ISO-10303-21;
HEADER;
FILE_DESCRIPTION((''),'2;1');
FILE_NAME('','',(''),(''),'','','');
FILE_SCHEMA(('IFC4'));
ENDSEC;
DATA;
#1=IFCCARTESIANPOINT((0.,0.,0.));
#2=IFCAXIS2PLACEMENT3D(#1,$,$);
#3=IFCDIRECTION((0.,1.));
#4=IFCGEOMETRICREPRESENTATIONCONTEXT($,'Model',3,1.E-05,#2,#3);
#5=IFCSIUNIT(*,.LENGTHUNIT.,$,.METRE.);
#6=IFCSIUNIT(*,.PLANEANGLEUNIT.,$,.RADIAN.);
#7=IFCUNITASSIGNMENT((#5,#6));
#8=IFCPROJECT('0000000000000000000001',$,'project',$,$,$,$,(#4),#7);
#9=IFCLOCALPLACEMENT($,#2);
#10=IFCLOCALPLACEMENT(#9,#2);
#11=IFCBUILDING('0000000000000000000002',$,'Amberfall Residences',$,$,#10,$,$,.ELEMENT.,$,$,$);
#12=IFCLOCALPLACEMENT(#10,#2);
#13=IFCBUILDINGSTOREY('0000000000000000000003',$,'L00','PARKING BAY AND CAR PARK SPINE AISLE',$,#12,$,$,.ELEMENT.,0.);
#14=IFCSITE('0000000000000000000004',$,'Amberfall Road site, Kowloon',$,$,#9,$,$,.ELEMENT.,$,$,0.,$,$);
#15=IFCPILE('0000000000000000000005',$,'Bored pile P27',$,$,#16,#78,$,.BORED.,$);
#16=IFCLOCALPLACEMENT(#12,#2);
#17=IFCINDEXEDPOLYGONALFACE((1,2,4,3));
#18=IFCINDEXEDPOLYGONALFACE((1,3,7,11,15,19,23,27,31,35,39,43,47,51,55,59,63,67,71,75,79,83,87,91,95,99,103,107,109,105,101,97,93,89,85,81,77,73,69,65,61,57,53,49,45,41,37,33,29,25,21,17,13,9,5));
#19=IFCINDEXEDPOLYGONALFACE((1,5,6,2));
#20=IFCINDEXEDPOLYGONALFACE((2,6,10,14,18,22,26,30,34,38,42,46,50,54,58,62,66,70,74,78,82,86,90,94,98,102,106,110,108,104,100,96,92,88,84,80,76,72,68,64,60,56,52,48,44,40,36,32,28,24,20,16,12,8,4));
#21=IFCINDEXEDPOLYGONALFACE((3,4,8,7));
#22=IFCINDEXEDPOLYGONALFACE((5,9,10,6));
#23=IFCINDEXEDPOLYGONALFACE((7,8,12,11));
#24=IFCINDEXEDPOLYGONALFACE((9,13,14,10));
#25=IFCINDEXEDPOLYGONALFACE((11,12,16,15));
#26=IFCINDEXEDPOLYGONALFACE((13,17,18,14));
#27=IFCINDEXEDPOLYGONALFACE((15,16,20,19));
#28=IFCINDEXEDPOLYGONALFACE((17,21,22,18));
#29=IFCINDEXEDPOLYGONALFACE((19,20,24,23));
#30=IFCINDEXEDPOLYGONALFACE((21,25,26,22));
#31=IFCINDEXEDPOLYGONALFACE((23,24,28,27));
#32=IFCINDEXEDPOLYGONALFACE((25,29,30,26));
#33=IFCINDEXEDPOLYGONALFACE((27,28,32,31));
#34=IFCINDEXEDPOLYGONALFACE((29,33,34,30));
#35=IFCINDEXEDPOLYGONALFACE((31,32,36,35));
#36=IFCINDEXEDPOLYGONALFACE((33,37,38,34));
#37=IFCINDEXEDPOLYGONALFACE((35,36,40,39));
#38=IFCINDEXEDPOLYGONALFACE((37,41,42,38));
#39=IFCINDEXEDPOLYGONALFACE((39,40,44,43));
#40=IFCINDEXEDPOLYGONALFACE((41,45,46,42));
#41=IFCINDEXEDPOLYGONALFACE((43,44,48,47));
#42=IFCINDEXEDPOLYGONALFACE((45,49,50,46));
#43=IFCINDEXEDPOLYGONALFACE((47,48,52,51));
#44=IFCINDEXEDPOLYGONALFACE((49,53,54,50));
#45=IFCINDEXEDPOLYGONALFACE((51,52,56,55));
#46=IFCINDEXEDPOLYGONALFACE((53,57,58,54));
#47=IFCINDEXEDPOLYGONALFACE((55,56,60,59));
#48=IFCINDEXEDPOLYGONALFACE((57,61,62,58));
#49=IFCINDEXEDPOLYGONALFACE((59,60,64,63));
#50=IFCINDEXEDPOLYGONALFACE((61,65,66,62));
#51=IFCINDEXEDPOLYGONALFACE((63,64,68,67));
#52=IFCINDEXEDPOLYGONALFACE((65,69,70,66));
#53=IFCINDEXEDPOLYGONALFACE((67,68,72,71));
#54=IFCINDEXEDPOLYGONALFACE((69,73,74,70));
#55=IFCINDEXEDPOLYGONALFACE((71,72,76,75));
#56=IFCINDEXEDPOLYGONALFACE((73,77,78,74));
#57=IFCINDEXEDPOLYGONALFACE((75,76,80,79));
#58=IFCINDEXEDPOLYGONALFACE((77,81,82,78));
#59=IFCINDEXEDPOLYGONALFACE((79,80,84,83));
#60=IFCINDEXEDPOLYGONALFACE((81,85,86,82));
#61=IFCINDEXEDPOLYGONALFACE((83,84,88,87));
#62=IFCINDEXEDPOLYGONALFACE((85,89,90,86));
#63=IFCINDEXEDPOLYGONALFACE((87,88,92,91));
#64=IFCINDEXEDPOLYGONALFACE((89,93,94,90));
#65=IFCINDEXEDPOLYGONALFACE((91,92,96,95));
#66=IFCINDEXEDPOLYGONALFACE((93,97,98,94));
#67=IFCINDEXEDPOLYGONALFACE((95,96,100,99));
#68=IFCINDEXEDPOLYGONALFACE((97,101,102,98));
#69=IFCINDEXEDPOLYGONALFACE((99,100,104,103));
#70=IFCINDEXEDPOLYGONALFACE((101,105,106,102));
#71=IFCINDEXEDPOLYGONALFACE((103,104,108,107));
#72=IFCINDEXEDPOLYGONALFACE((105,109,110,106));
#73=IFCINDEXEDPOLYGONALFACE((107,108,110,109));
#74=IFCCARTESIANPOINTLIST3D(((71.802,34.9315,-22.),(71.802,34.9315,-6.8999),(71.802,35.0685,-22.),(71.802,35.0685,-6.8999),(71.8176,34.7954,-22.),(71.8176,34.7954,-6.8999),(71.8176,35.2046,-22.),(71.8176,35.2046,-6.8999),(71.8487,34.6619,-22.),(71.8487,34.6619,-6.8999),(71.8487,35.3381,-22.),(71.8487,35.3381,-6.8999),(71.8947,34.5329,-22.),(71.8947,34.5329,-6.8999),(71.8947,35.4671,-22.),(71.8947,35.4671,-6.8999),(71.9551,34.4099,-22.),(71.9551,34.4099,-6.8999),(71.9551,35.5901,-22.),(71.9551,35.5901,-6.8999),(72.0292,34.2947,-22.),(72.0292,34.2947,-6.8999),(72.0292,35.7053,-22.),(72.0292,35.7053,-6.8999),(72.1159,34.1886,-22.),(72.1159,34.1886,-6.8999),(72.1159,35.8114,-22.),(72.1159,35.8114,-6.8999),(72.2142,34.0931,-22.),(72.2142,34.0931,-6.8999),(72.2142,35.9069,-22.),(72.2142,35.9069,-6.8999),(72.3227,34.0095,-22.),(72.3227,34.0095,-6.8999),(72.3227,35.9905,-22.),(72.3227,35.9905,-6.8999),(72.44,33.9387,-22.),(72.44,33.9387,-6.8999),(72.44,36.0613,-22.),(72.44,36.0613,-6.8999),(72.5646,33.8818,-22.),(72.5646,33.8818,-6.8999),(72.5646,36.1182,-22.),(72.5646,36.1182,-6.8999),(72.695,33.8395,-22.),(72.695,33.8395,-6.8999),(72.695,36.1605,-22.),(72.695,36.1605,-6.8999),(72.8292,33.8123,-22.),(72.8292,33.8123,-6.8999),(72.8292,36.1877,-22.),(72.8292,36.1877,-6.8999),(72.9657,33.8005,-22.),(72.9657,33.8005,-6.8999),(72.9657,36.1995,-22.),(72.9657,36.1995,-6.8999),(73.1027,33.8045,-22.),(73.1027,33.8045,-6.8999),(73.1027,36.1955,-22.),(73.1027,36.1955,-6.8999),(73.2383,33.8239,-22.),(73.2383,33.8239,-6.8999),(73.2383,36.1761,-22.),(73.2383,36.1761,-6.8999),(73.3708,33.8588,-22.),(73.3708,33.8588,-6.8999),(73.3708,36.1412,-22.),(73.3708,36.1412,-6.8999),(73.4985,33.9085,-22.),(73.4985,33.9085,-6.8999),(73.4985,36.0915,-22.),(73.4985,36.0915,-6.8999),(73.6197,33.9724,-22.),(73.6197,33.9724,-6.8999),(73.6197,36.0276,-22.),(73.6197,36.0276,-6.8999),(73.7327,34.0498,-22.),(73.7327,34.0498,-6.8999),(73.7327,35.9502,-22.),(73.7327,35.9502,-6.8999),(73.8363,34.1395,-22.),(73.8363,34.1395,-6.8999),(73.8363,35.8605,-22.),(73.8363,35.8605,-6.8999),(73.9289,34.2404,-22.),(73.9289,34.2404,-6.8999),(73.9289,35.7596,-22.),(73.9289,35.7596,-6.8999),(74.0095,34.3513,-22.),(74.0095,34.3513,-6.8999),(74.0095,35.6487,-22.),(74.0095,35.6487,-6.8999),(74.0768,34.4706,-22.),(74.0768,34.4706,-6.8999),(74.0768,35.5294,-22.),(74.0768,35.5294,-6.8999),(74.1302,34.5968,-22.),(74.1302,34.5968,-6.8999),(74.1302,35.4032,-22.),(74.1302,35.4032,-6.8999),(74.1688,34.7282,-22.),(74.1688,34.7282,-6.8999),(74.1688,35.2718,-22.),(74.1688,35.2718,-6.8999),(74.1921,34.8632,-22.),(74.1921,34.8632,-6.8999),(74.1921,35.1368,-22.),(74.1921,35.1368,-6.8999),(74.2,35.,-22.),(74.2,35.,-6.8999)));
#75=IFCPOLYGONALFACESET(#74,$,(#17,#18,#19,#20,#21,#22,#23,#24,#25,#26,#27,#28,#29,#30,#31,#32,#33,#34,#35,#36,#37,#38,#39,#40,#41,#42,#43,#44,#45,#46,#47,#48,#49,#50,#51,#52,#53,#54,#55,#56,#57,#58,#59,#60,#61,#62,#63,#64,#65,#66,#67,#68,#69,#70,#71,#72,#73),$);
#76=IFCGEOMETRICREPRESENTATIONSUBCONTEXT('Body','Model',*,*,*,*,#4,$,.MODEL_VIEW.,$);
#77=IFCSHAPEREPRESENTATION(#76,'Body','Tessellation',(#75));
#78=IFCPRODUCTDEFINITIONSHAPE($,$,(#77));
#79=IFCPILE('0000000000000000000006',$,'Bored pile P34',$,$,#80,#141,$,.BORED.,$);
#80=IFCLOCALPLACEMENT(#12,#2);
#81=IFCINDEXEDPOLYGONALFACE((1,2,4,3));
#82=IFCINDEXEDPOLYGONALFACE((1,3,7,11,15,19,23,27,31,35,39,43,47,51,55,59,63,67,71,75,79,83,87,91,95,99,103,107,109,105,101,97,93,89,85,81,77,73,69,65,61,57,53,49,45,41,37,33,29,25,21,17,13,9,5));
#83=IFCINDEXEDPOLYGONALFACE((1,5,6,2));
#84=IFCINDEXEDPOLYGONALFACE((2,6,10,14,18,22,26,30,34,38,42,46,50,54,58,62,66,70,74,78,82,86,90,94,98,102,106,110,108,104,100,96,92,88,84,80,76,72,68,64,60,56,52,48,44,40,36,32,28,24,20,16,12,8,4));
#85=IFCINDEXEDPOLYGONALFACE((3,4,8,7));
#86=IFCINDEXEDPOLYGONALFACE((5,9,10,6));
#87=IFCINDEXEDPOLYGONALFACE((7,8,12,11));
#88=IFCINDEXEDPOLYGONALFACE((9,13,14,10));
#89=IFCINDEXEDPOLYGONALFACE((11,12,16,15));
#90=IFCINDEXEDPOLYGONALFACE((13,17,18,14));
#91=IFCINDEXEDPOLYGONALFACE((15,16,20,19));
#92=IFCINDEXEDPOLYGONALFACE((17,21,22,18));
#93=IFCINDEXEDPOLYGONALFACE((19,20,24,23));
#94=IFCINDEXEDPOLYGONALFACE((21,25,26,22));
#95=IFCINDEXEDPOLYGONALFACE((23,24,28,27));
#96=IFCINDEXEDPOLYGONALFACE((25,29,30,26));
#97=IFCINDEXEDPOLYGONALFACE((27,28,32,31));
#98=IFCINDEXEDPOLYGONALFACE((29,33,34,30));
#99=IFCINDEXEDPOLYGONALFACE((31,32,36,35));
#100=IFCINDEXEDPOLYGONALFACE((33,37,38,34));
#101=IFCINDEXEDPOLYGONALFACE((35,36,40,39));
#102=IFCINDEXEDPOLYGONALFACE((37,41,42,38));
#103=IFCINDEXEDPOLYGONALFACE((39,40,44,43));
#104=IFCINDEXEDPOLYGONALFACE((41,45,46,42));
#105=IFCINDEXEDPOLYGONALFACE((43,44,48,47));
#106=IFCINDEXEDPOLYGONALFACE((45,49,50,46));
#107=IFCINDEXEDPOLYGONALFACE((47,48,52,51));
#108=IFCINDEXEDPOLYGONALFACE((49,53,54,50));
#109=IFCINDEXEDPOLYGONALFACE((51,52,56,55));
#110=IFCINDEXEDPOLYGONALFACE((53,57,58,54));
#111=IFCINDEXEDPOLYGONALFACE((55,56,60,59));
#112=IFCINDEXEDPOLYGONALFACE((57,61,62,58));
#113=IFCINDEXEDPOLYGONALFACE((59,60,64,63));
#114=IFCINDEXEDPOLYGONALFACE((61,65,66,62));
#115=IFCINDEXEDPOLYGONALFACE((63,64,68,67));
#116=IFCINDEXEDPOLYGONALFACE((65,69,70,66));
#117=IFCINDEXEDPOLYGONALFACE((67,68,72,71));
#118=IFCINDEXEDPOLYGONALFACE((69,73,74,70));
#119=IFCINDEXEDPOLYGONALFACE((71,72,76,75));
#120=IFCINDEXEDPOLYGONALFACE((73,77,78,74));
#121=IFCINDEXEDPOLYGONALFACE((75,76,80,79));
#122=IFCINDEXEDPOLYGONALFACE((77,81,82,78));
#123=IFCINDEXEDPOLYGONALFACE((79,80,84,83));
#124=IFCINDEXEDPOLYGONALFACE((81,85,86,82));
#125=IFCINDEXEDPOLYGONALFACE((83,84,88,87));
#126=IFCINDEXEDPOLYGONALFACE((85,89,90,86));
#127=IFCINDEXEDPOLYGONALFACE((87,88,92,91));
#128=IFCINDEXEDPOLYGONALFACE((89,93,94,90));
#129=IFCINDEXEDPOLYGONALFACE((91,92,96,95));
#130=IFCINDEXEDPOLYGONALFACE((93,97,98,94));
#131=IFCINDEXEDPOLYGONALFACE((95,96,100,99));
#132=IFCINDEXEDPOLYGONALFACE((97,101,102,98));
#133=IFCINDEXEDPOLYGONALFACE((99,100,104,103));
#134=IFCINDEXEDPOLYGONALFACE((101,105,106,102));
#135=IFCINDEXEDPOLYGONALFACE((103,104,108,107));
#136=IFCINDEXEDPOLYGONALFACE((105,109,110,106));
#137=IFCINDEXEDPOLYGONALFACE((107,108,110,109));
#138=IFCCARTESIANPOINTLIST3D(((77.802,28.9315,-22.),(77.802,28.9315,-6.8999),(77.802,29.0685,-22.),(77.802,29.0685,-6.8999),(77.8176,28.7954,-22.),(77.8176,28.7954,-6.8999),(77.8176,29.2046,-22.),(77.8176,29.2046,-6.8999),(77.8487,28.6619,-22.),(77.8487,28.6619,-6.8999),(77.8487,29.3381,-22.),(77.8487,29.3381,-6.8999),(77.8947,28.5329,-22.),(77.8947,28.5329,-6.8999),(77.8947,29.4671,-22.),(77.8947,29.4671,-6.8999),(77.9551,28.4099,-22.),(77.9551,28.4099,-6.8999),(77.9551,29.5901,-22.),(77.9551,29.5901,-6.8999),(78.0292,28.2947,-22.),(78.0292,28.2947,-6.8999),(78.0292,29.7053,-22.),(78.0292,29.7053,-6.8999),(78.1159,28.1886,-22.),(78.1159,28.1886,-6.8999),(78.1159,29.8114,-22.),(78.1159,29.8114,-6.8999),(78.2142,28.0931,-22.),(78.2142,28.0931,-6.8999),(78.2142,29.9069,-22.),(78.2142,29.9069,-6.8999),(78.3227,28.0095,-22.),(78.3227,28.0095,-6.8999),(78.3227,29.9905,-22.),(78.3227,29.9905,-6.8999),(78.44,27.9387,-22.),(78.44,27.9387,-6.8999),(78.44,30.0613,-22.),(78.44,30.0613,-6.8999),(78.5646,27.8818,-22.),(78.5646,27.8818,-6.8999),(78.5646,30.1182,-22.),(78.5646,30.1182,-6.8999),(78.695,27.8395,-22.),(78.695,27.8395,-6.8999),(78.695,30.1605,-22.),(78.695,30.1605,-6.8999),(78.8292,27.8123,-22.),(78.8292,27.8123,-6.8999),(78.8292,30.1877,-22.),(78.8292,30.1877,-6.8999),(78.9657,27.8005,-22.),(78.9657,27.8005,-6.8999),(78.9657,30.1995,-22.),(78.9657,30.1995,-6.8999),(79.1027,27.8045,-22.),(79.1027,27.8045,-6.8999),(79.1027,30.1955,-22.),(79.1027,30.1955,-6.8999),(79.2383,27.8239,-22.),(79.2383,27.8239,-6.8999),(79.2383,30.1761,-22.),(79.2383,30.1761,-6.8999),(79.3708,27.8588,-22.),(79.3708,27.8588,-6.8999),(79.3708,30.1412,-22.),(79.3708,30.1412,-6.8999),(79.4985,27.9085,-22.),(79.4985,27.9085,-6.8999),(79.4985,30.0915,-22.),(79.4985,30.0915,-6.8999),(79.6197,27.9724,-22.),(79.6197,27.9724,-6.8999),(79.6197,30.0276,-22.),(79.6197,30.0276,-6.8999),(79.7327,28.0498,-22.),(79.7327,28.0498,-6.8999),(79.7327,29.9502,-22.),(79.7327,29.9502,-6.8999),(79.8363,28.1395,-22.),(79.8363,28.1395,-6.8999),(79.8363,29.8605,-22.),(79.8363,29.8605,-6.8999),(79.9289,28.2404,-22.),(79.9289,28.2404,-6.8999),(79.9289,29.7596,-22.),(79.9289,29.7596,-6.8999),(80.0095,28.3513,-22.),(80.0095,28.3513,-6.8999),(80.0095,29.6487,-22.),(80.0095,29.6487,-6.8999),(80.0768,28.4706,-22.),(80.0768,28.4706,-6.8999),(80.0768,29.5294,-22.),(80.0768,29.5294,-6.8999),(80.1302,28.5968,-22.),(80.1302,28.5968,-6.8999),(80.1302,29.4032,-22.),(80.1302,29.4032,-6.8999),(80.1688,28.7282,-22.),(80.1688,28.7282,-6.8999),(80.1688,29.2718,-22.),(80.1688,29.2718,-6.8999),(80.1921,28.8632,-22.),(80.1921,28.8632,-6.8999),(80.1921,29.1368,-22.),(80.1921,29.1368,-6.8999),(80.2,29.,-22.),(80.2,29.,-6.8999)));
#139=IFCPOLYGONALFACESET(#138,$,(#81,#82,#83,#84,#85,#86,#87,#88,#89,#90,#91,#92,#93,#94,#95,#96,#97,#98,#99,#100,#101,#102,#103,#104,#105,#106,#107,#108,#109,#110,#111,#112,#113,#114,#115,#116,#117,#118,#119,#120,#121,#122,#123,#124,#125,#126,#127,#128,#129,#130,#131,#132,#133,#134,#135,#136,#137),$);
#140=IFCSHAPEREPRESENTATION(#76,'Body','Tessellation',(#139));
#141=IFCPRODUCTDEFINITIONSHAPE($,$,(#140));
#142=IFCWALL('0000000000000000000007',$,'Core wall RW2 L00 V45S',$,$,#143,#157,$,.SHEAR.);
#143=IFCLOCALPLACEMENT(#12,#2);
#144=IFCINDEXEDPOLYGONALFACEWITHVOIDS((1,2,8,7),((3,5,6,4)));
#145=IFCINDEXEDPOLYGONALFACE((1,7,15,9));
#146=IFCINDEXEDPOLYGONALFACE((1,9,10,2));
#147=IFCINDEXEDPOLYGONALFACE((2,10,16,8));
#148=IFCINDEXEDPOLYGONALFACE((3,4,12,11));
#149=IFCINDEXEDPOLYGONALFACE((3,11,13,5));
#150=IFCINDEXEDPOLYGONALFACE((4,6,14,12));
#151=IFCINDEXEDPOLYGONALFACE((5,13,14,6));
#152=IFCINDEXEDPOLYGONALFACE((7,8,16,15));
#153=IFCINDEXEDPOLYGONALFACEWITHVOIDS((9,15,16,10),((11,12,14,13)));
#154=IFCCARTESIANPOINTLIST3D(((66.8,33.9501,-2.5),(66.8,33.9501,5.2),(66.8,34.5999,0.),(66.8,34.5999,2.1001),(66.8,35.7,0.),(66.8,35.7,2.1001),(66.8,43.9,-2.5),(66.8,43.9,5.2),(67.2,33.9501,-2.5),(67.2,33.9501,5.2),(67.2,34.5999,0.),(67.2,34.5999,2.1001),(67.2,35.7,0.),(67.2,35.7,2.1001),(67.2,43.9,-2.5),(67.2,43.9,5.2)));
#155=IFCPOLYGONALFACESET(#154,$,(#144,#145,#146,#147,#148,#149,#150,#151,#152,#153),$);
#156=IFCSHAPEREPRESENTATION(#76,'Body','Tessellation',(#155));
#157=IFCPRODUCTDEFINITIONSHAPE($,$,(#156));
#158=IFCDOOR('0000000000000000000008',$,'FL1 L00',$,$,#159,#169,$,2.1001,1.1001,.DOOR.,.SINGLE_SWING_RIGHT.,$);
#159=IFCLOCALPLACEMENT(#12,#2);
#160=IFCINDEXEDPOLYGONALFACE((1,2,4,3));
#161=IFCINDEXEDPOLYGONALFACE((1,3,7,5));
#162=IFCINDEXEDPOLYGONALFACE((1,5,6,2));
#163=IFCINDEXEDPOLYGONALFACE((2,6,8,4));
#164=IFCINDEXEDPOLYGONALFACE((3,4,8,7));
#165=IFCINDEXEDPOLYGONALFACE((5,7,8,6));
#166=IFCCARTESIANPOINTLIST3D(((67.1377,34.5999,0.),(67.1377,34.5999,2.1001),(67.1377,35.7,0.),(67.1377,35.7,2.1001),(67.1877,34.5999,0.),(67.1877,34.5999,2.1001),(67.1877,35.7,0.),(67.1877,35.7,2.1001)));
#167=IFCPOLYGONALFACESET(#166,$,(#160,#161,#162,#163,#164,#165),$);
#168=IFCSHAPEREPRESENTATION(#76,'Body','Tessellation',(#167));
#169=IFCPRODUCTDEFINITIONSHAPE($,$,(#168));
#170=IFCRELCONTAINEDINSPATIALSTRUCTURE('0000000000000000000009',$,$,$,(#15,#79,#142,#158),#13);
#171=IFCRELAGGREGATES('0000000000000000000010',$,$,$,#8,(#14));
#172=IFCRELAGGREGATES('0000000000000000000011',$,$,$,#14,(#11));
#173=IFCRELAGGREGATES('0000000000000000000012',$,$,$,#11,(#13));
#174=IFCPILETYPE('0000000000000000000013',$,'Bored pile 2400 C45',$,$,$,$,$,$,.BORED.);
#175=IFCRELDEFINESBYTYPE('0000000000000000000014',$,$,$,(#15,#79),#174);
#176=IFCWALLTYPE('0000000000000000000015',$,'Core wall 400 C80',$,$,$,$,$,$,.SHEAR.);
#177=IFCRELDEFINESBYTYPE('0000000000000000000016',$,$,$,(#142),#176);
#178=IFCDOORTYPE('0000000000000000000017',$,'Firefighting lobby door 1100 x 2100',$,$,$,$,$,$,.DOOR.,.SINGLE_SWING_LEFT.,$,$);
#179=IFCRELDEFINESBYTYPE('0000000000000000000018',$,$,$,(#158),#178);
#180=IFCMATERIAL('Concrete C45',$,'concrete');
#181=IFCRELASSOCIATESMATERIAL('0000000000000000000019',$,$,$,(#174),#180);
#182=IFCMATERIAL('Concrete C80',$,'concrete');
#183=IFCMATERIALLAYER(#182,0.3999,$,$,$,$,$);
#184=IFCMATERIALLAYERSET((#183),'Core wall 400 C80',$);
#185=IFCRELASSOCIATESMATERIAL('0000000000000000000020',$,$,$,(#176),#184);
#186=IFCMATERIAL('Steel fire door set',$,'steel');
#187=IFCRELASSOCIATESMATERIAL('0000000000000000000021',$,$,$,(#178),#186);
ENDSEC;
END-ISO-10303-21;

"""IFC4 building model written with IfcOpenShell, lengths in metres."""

from ifc_helpers import new_model, si_unit, direction, frame, frame_2d, origin, origin_2d, place, context, subcontext, project, spatial, rectangle, circle, extrude, material, layer, layer_set, material_profile, profile_set, type_object, element, fill, save


model = new_model("IFC4")

# Units and contexts
model_context = context("Model", 3, precision=1e-05, world=origin(), true_north=direction((0.0, 1.0)))
body_context = subcontext(model_context, "Body", "Model", "MODEL_VIEW")
ifc_project = project(units=[si_unit("LENGTHUNIT", "METRE"), si_unit("PLANEANGLEUNIT", "RADIAN")], contexts=[model_context])

# Site, building, storey
site_placement = place(None, origin())
site = spatial("IfcSite", under=ifc_project, at=site_placement, Name="Amberfall Road site, Kowloon", CompositionType="ELEMENT", RefElevation=0.0)
building_placement = place(site_placement, origin())
building = spatial("IfcBuilding", under=site, at=building_placement, Name="Amberfall Residences", CompositionType="ELEMENT")
storey_placement = place(building_placement, origin())
storey = spatial("IfcBuildingStorey", under=building, at=storey_placement, Name="L00", Description="PARKING BAY AND CAR PARK SPINE AISLE", CompositionType="ELEMENT", Elevation=0.0)

# Piles
ifc_material_1 = material(Name="Concrete C45", Category="concrete")
ifc_material_profile = material_profile(ifc_material_1, circle(Radius=1.2, at=origin_2d()), Name="Bored pile 2400 C45")
ifc_profile_set = profile_set([ifc_material_profile], Name="Concrete C45")
pile_type = type_object("IfcPileType", Name="Bored pile 2400 C45", PredefinedType="BORED", material=ifc_profile_set)
for number, where, z_axis, x_axis, name in (
    (1, (73.0, 35.0, -6.8999), (0.0, 0.0, -1.0), (1.0, 0.0, 0.0), "Bored pile P27"),
    (2, (79.0, 29.0, -6.8999), (0.0, 0.0, -1.0), (1.0, 0.0, 0.0), "Bored pile P34"),
):
    element("IfcPile", number, at=place(storey_placement, frame(where, z_axis=z_axis, x_axis=x_axis)), inside=storey, type_object=pile_type, Name=name, PredefinedType="BORED", context=body_context, shape_type="SweptSolid", body=[
        extrude(circle(Radius=1.2, at=origin_2d()), origin(), (0.0, 0.0, 1.0), 15.1001),
    ])

# Wall, opening, door
ifc_material_2 = material(Name="Concrete C80", Category="concrete")
ifc_layer_1 = layer(ifc_material_2, 0.3999)
ifc_layer_set_1 = layer_set([ifc_layer_1], Name="Core wall 400 C80")
wall_type_1 = type_object("IfcWallType", Name="Core wall 400 C80", PredefinedType="SHEAR", material=ifc_layer_set_1)
wall_1_placement = place(storey_placement, frame((67.0, 33.95, -2.5), z_axis=(0.0, 0.0, 1.0), x_axis=(0.0, 1.0, 0.0)))
wall_1 = element("IfcWall", 3, at=wall_1_placement, inside=storey, type_object=wall_type_1, Name="Core wall RW2 L00 V45S", PredefinedType="SHEAR", context=body_context, shape_type="SweptSolid", body=[
    extrude(rectangle(XDim=9.95, YDim=0.3999, at=frame_2d((4.9751, 0.0))), origin(), (0.0, 0.0, 1.0), 7.7),
])
opening_1_placement = place(wall_1_placement, frame((0.6499, 0.0, 2.5)))
opening_1 = element("IfcOpeningElement", 4, at=opening_1_placement, cuts=wall_1, PredefinedType="OPENING", context=body_context, shape_type="SweptSolid", body=[
    extrude(rectangle(XDim=1.1001, YDim=2.1001, at=frame_2d((0.55, 1.05))), frame((0.0, 0.21, 0.0), z_axis=(0.0, -1.0, 0.0), x_axis=(1.0, 0.0, 0.0)), (0.0, 0.0, 1.0), 0.4199),
])
ifc_material_3 = material(Name="Steel fire door set", Category="steel")
door_type_1 = type_object("IfcDoorType", Name="Firefighting lobby door 1100 x 2100", OperationType="SINGLE_SWING_LEFT", PredefinedType="DOOR", material=ifc_material_3)
door_1_placement = place(opening_1_placement, origin())
door_1 = element("IfcDoor", 5, at=door_1_placement, inside=storey, type_object=door_type_1, Name="FL1 L00", OperationType="SINGLE_SWING_RIGHT", OverallHeight=2.1001, OverallWidth=1.1001, PredefinedType="DOOR", context=body_context, shape_type="SweptSolid", body=[
    extrude(rectangle(XDim=1.1001, YDim=2.1001, at=frame_2d((0.55, 1.05))), frame((0.0, -0.1377, 0.0), z_axis=(0.0, -1.0, 0.0), x_axis=(1.0, 0.0, 0.0)), (0.0, 0.0, 1.0), 0.05),
])
fill(opening_1, door_1)

save(model, "model.ifc")
